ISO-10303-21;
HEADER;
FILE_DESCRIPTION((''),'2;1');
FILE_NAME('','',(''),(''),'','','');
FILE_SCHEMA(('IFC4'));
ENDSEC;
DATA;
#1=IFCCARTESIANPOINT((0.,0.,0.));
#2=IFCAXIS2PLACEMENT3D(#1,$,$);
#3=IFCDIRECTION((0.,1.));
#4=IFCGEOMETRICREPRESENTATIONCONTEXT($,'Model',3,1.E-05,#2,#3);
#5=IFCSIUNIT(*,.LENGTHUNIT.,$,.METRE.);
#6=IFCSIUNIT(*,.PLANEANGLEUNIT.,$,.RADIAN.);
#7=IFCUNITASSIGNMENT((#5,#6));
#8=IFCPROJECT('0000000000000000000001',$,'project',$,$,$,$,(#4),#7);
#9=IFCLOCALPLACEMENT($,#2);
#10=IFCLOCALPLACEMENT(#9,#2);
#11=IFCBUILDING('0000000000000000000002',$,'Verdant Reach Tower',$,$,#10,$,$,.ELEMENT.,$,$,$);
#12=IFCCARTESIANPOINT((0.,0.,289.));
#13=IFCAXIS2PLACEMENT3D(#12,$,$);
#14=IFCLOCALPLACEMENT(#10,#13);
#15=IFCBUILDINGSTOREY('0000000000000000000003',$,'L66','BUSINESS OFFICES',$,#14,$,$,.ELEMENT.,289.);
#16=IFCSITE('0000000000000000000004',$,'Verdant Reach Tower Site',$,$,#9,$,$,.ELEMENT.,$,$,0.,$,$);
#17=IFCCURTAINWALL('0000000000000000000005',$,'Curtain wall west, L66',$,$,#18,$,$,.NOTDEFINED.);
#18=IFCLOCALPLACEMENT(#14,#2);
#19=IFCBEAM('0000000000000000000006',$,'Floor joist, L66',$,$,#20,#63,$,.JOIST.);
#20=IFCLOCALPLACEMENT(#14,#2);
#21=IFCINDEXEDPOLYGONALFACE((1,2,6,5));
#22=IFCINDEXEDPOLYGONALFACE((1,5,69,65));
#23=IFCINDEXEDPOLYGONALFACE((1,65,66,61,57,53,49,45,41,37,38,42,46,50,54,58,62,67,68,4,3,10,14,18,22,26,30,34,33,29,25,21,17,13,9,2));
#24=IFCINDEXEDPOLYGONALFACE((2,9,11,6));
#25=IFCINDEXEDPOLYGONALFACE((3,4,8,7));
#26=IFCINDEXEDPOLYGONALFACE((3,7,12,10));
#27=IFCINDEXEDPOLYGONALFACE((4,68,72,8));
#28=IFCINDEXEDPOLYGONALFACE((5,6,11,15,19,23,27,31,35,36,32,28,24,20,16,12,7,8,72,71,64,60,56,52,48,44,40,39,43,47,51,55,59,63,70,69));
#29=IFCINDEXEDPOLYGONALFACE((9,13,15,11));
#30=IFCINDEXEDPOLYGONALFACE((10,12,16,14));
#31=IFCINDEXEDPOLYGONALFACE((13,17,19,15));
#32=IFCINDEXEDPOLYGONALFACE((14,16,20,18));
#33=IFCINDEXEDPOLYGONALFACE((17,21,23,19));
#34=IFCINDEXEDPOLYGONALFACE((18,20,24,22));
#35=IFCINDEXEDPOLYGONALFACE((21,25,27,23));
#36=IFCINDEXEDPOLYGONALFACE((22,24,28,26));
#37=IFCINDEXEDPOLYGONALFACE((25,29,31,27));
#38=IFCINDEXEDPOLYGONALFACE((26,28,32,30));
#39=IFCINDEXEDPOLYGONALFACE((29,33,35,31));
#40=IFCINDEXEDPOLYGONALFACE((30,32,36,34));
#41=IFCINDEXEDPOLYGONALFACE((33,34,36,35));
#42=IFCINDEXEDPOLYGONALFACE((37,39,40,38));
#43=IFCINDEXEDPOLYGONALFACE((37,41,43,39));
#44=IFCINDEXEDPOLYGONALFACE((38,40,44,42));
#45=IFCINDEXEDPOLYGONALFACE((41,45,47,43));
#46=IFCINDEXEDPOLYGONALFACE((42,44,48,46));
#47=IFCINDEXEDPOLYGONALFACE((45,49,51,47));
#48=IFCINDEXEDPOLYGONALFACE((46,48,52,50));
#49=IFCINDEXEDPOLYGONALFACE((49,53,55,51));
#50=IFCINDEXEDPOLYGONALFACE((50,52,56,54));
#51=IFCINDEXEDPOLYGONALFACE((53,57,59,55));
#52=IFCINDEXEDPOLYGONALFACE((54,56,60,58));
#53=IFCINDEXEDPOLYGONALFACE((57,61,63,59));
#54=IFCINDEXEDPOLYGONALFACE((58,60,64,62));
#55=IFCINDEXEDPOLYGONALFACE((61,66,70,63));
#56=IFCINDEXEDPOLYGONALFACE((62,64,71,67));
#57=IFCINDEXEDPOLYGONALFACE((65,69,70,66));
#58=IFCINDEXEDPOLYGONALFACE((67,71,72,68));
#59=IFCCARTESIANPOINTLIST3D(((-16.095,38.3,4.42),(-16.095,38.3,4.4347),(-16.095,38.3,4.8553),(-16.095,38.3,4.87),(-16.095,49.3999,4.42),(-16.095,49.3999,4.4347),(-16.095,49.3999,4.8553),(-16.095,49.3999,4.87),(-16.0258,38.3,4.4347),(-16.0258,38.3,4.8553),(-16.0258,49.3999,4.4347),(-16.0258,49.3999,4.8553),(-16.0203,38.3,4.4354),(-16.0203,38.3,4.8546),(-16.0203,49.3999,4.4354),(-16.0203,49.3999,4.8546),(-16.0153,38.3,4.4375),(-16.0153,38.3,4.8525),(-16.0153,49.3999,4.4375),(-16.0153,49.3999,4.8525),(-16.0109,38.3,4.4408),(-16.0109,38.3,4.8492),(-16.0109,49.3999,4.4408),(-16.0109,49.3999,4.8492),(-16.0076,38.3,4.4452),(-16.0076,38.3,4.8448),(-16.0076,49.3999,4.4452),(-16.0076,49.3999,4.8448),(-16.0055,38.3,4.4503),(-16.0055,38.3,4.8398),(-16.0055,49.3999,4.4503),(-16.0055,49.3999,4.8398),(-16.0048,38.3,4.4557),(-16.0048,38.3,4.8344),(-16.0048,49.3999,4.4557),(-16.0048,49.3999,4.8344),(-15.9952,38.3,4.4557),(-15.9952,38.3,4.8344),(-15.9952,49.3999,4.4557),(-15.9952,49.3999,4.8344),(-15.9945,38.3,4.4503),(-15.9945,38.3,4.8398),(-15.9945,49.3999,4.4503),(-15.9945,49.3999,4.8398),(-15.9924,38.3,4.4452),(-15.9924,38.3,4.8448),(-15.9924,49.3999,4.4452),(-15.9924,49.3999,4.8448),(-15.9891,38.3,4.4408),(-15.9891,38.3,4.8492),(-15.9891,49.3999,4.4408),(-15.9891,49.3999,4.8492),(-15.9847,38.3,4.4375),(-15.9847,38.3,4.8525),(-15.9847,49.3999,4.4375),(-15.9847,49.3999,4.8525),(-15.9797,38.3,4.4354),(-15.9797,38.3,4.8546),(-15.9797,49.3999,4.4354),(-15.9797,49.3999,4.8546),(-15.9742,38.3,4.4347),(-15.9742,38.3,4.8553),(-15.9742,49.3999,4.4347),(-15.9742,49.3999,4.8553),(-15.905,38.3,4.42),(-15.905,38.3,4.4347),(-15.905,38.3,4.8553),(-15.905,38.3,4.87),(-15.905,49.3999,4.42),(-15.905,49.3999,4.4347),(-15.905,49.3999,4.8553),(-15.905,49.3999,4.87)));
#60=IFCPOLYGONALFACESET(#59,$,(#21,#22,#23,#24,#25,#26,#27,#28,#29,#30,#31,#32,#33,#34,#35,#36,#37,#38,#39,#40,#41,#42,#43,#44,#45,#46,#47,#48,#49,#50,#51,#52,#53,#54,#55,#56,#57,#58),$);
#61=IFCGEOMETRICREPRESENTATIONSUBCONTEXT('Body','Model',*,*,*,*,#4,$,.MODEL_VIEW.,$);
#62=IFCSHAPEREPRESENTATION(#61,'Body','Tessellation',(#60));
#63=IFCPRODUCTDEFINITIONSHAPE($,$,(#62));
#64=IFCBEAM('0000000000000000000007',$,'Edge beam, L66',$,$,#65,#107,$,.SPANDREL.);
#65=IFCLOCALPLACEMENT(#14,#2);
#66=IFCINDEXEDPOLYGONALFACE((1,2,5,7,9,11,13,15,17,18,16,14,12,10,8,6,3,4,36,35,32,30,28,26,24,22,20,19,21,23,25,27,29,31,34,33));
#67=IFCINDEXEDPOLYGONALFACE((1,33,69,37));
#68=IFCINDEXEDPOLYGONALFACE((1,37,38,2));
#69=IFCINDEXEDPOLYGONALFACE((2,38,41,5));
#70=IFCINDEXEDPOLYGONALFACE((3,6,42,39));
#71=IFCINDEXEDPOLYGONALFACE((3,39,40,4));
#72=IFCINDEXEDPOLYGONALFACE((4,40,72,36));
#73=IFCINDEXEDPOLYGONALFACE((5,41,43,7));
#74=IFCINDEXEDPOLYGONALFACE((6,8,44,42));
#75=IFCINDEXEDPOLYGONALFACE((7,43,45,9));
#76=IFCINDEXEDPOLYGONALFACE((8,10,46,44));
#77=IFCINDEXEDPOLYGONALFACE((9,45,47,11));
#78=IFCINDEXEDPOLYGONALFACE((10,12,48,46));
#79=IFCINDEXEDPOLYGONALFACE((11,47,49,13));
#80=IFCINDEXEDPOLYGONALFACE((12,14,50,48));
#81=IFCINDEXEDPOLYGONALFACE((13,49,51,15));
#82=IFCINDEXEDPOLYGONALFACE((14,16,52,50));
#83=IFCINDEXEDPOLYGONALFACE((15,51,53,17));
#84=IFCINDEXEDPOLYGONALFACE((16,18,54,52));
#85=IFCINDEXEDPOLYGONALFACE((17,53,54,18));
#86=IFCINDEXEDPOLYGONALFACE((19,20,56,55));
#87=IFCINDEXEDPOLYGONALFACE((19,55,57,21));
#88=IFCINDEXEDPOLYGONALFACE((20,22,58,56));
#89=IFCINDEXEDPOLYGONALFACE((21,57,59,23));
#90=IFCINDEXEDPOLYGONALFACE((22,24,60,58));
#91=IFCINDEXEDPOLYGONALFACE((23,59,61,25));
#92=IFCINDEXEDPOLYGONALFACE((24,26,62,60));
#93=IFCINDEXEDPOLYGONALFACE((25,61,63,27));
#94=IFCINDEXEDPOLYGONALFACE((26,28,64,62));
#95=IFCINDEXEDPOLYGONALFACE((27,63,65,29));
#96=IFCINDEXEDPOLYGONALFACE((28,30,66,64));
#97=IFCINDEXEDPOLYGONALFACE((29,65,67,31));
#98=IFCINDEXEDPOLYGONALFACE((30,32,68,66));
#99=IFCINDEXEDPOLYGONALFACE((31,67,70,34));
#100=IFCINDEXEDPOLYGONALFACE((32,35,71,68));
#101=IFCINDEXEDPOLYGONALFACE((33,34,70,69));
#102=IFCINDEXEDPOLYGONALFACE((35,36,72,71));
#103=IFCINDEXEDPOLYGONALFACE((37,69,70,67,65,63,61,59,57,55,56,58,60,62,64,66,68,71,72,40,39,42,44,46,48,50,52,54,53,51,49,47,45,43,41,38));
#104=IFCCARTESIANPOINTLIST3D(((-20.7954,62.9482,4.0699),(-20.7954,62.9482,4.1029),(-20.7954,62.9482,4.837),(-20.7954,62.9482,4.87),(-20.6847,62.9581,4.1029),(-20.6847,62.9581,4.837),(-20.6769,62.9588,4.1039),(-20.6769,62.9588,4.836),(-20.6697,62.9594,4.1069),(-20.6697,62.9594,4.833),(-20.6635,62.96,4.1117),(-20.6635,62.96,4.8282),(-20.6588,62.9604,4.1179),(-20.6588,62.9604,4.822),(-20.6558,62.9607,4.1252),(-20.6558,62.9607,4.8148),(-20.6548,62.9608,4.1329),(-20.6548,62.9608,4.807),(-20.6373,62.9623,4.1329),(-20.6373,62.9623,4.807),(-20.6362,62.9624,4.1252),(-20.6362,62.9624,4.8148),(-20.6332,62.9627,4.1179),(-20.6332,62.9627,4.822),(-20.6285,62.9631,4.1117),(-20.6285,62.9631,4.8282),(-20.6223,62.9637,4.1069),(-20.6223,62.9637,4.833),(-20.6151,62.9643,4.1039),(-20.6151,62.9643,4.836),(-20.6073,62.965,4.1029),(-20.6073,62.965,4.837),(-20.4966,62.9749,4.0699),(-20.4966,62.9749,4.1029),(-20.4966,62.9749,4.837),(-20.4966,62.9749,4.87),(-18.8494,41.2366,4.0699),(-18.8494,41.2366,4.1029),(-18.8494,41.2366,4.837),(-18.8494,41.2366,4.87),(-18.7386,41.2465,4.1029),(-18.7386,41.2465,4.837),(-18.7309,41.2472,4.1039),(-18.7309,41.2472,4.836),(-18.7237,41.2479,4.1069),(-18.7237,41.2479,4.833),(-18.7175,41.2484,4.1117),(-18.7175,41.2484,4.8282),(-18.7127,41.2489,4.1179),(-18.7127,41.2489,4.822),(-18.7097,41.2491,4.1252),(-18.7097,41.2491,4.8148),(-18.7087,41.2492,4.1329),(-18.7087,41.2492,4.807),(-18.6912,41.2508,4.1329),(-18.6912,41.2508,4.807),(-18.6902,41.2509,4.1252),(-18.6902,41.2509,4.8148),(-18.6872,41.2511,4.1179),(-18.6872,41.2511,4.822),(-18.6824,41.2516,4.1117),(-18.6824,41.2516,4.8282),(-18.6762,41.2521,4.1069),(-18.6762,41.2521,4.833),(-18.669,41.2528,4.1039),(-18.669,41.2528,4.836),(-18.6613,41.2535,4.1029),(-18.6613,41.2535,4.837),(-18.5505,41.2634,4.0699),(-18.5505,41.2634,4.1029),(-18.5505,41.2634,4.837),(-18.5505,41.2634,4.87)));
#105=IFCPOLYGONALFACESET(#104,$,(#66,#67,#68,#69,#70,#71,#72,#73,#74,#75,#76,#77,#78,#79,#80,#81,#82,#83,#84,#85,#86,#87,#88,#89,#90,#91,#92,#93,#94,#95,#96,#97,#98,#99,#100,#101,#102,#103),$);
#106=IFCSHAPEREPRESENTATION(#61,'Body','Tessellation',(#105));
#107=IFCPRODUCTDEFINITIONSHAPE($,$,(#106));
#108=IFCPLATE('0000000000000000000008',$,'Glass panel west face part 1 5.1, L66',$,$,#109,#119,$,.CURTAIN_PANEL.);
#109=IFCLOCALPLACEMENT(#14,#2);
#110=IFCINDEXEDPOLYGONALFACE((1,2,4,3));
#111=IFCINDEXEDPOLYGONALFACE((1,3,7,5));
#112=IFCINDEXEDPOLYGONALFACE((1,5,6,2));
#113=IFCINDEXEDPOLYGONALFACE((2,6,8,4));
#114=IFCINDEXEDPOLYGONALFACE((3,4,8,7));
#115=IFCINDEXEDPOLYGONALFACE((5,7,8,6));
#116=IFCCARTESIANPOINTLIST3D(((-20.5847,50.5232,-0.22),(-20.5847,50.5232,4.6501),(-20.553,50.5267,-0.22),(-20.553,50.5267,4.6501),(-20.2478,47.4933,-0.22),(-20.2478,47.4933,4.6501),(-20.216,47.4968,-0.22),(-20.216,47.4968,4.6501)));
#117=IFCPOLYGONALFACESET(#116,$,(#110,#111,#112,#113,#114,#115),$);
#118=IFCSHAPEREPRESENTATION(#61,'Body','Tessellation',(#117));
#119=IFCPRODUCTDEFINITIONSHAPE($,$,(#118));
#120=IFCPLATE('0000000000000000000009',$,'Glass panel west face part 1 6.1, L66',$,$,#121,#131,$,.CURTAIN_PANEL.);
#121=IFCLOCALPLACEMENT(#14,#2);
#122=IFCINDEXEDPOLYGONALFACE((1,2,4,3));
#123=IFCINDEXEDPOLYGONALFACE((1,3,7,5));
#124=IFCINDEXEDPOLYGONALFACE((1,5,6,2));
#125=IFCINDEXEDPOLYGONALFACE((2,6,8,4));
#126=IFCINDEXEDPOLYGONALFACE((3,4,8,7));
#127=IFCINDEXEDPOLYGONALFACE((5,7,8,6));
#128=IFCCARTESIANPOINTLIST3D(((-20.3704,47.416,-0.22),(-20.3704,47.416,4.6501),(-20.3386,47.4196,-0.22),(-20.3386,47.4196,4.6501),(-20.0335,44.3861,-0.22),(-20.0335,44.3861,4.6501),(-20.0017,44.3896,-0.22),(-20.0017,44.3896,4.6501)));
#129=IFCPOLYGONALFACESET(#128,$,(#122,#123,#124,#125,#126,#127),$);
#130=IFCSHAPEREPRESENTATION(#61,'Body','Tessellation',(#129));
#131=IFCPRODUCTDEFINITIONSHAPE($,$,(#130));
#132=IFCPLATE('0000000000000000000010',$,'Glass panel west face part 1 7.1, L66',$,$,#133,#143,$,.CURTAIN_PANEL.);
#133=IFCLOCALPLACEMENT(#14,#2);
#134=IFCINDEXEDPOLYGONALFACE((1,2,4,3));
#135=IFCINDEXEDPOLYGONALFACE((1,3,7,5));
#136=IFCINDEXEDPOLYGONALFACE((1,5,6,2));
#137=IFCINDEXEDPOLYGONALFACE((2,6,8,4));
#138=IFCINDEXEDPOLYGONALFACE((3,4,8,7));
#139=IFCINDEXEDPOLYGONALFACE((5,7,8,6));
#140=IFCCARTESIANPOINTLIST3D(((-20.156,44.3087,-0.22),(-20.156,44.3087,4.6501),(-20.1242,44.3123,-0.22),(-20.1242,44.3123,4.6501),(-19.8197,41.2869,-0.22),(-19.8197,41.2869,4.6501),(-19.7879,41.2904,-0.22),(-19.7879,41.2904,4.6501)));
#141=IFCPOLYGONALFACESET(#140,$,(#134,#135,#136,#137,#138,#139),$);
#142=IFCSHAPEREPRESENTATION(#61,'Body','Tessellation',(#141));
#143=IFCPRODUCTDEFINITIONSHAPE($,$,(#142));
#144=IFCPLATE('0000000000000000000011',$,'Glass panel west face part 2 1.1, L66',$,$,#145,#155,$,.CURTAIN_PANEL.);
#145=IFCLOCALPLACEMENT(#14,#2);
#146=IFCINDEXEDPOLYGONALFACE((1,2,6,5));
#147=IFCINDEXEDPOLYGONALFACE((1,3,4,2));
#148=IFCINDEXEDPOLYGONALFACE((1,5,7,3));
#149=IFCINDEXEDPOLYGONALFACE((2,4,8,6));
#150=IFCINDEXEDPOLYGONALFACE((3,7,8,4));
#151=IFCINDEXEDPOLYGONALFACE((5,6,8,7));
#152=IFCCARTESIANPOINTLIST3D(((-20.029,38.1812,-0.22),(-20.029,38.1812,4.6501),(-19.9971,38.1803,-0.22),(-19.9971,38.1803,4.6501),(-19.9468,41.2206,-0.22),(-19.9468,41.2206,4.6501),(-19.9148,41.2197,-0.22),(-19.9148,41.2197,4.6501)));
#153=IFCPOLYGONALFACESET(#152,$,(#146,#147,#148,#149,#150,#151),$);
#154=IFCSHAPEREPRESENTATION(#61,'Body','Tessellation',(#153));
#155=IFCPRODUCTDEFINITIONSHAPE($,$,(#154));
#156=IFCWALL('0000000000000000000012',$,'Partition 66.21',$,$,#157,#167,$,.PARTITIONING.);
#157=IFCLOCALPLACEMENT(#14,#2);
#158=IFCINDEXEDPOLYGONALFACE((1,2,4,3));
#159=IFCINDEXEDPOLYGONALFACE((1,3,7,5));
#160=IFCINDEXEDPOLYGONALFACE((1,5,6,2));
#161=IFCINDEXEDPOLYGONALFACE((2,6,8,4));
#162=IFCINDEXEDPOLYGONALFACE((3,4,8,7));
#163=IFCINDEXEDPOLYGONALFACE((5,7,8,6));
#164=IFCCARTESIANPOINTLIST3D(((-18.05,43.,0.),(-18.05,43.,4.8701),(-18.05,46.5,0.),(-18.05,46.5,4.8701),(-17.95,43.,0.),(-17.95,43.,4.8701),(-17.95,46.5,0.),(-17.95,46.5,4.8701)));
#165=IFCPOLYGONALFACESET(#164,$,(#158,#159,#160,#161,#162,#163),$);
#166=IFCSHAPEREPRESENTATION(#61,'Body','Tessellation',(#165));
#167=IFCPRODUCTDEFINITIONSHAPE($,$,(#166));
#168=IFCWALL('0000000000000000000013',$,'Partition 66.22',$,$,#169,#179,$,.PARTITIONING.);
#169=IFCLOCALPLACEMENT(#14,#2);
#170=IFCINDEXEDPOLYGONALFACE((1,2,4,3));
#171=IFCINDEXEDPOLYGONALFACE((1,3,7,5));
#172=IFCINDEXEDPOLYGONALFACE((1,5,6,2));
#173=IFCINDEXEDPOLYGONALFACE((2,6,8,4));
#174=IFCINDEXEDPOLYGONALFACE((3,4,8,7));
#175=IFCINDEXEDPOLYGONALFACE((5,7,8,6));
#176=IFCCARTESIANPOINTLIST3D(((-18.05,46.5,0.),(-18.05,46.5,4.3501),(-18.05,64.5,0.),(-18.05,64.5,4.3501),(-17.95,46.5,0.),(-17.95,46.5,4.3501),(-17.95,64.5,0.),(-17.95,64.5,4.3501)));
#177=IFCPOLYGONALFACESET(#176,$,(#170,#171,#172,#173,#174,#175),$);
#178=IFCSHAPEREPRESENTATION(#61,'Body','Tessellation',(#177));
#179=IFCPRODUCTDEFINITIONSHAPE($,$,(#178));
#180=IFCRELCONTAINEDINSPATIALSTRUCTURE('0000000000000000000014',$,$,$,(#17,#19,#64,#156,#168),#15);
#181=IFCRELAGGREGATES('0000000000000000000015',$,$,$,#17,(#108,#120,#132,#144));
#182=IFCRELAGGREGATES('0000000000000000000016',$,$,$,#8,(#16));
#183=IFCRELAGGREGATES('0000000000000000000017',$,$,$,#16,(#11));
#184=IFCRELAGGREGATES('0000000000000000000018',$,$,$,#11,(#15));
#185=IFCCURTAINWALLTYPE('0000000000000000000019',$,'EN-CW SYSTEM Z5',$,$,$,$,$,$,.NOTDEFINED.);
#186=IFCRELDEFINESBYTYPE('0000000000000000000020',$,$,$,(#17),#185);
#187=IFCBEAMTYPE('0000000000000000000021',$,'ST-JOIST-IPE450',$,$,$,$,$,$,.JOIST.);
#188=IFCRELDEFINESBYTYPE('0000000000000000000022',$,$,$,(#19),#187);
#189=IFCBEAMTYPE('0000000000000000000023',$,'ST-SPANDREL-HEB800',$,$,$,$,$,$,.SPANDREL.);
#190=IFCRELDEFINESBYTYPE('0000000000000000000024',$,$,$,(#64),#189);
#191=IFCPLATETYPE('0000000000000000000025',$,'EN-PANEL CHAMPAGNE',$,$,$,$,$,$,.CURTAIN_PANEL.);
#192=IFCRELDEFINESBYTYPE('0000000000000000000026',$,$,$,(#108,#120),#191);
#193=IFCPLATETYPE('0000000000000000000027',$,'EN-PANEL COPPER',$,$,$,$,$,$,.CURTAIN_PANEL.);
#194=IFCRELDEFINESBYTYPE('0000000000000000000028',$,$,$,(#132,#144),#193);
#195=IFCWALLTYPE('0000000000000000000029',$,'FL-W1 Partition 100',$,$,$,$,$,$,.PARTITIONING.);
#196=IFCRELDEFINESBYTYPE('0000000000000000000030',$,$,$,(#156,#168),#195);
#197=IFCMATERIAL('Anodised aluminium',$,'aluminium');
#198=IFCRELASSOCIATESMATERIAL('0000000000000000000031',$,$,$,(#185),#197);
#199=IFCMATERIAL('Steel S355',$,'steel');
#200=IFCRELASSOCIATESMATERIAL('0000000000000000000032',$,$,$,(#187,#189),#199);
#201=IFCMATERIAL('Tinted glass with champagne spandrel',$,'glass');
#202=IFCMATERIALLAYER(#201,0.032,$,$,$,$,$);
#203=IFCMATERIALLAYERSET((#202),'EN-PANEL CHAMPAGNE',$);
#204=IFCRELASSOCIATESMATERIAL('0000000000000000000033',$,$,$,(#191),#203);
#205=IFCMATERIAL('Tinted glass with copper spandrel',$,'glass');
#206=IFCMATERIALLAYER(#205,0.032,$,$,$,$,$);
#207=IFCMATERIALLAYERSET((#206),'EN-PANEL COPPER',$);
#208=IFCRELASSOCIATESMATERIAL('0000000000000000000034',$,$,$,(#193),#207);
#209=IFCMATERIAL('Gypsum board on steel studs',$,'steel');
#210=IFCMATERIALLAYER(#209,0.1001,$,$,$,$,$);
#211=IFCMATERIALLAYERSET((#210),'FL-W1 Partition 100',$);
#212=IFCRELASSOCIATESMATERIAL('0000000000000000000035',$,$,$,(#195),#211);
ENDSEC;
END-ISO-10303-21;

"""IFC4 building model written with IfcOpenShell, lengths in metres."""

from ifc_helpers import new_model, si_unit, direction, frame, frame_2d, origin, origin_2d, place, context, subcontext, project, spatial, rectangle, i_section, extrude, material, layer, layer_set, material_profile, profile_set, type_object, element, aggregate, save


model = new_model("IFC4")

# Units and contexts
model_context = context("Model", 3, precision=1e-05, world=origin(), true_north=direction((0.0, 1.0)))
body_context = subcontext(model_context, "Body", "Model", "MODEL_VIEW")
ifc_project = project(units=[si_unit("LENGTHUNIT", "METRE"), si_unit("PLANEANGLEUNIT", "RADIAN")], contexts=[model_context])

# Site, building, storey
site_placement = place(None, origin())
site = spatial("IfcSite", under=ifc_project, at=site_placement, Name="Verdant Reach Tower Site", CompositionType="ELEMENT", RefElevation=0.0)
building_placement = place(site_placement, origin())
building = spatial("IfcBuilding", under=site, at=building_placement, Name="Verdant Reach Tower", CompositionType="ELEMENT")
storey_placement = place(building_placement, frame((0.0, 0.0, 289.0)))
storey = spatial("IfcBuildingStorey", under=building, at=storey_placement, Name="L66", Description="BUSINESS OFFICES", CompositionType="ELEMENT", Elevation=289.0)

# Curtain wall
ifc_material_1 = material(Name="Anodised aluminium", Category="aluminium")
curtain_wall_type = type_object("IfcCurtainWallType", Name="EN-CW SYSTEM Z5", PredefinedType="NOTDEFINED", material=ifc_material_1)
curtain_wall_placement = place(storey_placement, origin())
curtain_wall = element("IfcCurtainWall", 1, at=curtain_wall_placement, inside=storey, type_object=curtain_wall_type, Name="Curtain wall west, L66", PredefinedType="NOTDEFINED")

# Beams
ifc_material_2 = material(Name="Steel S355", Category="steel")
ifc_material_profile_1 = material_profile(ifc_material_2, i_section(OverallWidth=0.1899, OverallDepth=0.45, WebThickness=0.0095, FlangeThickness=0.0146, FilletRadius=0.021, at=origin_2d()), Name="IPE 450")
ifc_profile_set_1 = profile_set([ifc_material_profile_1], Name="Steel S355")
beam_type_1 = type_object("IfcBeamType", Name="ST-JOIST-IPE450", PredefinedType="JOIST", material=ifc_profile_set_1)
beam_1_placement = place(storey_placement, frame((-16.0, 38.3, 4.645), z_axis=(0.0, 1.0, 0.0), x_axis=(-1.0, 0.0, 0.0)))
element("IfcBeam", 2, at=beam_1_placement, inside=storey, type_object=beam_type_1, Name="Floor joist, L66", PredefinedType="JOIST", context=body_context, shape_type="SweptSolid", body=[
    extrude(i_section(OverallWidth=0.1899, OverallDepth=0.45, WebThickness=0.0095, FlangeThickness=0.0146, FilletRadius=0.021, at=origin_2d()), origin(), (0.0, 0.0, 1.0), 11.0999),
])
ifc_material_profile_2 = material_profile(ifc_material_2, i_section(OverallWidth=0.3, OverallDepth=0.8, WebThickness=0.0176, FlangeThickness=0.033, FilletRadius=0.03, at=origin_2d()), Name="HEB 800")
ifc_profile_set_2 = profile_set([ifc_material_profile_2], Name="Steel S355")
beam_type_2 = type_object("IfcBeamType", Name="ST-SPANDREL-HEB800", PredefinedType="SPANDREL", material=ifc_profile_set_2)
beam_2_placement = place(storey_placement, frame((-18.7, 41.25, 4.47), z_axis=(-0.089274, 0.996007, 0.0), x_axis=(-0.996007, -0.089274, 0.0)))
element("IfcBeam", 3, at=beam_2_placement, inside=storey, type_object=beam_type_2, Name="Edge beam, L66", PredefinedType="SPANDREL", context=body_context, shape_type="SweptSolid", body=[
    extrude(i_section(OverallWidth=0.3, OverallDepth=0.8, WebThickness=0.0176, FlangeThickness=0.033, FilletRadius=0.03, at=origin_2d()), origin(), (0.0, 0.0, 1.0), 21.7986),
])

# Plates
ifc_material_3 = material(Name="Tinted glass with champagne spandrel", Category="glass")
ifc_layer_1 = layer(ifc_material_3, 0.032)
ifc_layer_set_1 = layer_set([ifc_layer_1], Name="EN-PANEL CHAMPAGNE")
plate_type_1 = type_object("IfcPlateType", Name="EN-PANEL CHAMPAGNE", PredefinedType="CURTAIN_PANEL", material=ifc_layer_set_1)
plate_1_placement = place(storey_placement, frame((-20.4004, 49.01, -0.22), z_axis=(0.0, 0.0, 1.0), x_axis=(0.110518, -0.993874, 0.0)))
plate_1 = element("IfcPlate", 4, at=plate_1_placement, type_object=plate_type_1, Name="Glass panel west face part 1 5.1, L66", PredefinedType="CURTAIN_PANEL", context=body_context, shape_type="SweptSolid", body=[
    extrude(rectangle(XDim=3.0486, YDim=0.032, at=origin_2d()), origin(), (0.0, 0.0, 1.0), 4.8701),
])
plate_2_placement = place(storey_placement, frame((-20.186, 45.9028, -0.22), z_axis=(0.0, 0.0, 1.0), x_axis=(0.110518, -0.993874, 0.0)))
plate_2 = element("IfcPlate", 5, at=plate_2_placement, type_object=plate_type_1, Name="Glass panel west face part 1 6.1, L66", PredefinedType="CURTAIN_PANEL", context=body_context, shape_type="SweptSolid", body=[
    extrude(rectangle(XDim=3.0486, YDim=0.032, at=origin_2d()), origin(), (0.0, 0.0, 1.0), 4.8701),
])
ifc_material_4 = material(Name="Tinted glass with copper spandrel", Category="glass")
ifc_layer_2 = layer(ifc_material_4, 0.032)
ifc_layer_set_2 = layer_set([ifc_layer_2], Name="EN-PANEL COPPER")
plate_type_2 = type_object("IfcPlateType", Name="EN-PANEL COPPER", PredefinedType="CURTAIN_PANEL", material=ifc_layer_set_2)
plate_3_placement = place(storey_placement, frame((-19.9719, 42.7996, -0.22), z_axis=(0.0, 0.0, 1.0), x_axis=(0.110605, -0.993864, 0.0)))
plate_3 = element("IfcPlate", 6, at=plate_3_placement, type_object=plate_type_2, Name="Glass panel west face part 1 7.1, L66", PredefinedType="CURTAIN_PANEL", context=body_context, shape_type="SweptSolid", body=[
    extrude(rectangle(XDim=3.0405, YDim=0.032, at=origin_2d()), origin(), (0.0, 0.0, 1.0), 4.8701),
])
plate_4_placement = place(storey_placement, frame((-19.9719, 39.7004, -0.22), z_axis=(0.0, 0.0, 1.0), x_axis=(-0.027053, -0.999634, 0.0)))
plate_4 = element("IfcPlate", 7, at=plate_4_placement, type_object=plate_type_2, Name="Glass panel west face part 2 1.1, L66", PredefinedType="CURTAIN_PANEL", context=body_context, shape_type="SweptSolid", body=[
    extrude(rectangle(XDim=3.0405, YDim=0.032, at=origin_2d()), origin(), (0.0, 0.0, 1.0), 4.8701),
])
aggregate(curtain_wall, [plate_1, plate_2, plate_3, plate_4])

# Walls
ifc_material_5 = material(Name="Gypsum board on steel studs", Category="steel")
ifc_layer_3 = layer(ifc_material_5, 0.1001)
ifc_layer_set_3 = layer_set([ifc_layer_3], Name="FL-W1 Partition 100")
wall_type_1 = type_object("IfcWallType", Name="FL-W1 Partition 100", PredefinedType="PARTITIONING", material=ifc_layer_set_3)
wall_1_placement = place(storey_placement, frame((-18.0, 43.0, 0.0), z_axis=(0.0, 0.0, 1.0), x_axis=(0.0, 1.0, 0.0)))
element("IfcWall", 8, at=wall_1_placement, inside=storey, type_object=wall_type_1, Name="Partition 66.21", PredefinedType="PARTITIONING", context=body_context, shape_type="SweptSolid", body=[
    extrude(rectangle(XDim=3.5, YDim=0.1001, at=frame_2d((1.75, 0.0))), origin(), (0.0, 0.0, 1.0), 4.8701),
])
wall_2_placement = place(storey_placement, frame((-18.0, 46.5, 0.0), z_axis=(0.0, 0.0, 1.0), x_axis=(0.0, 1.0, 0.0)))
element("IfcWall", 9, at=wall_2_placement, inside=storey, type_object=wall_type_1, Name="Partition 66.22", PredefinedType="PARTITIONING", context=body_context, shape_type="SweptSolid", body=[
    extrude(rectangle(XDim=18.0, YDim=0.1001, at=frame_2d((9.0, 0.0))), origin(), (0.0, 0.0, 1.0), 4.3501),
])

save(model, "model.ifc")
